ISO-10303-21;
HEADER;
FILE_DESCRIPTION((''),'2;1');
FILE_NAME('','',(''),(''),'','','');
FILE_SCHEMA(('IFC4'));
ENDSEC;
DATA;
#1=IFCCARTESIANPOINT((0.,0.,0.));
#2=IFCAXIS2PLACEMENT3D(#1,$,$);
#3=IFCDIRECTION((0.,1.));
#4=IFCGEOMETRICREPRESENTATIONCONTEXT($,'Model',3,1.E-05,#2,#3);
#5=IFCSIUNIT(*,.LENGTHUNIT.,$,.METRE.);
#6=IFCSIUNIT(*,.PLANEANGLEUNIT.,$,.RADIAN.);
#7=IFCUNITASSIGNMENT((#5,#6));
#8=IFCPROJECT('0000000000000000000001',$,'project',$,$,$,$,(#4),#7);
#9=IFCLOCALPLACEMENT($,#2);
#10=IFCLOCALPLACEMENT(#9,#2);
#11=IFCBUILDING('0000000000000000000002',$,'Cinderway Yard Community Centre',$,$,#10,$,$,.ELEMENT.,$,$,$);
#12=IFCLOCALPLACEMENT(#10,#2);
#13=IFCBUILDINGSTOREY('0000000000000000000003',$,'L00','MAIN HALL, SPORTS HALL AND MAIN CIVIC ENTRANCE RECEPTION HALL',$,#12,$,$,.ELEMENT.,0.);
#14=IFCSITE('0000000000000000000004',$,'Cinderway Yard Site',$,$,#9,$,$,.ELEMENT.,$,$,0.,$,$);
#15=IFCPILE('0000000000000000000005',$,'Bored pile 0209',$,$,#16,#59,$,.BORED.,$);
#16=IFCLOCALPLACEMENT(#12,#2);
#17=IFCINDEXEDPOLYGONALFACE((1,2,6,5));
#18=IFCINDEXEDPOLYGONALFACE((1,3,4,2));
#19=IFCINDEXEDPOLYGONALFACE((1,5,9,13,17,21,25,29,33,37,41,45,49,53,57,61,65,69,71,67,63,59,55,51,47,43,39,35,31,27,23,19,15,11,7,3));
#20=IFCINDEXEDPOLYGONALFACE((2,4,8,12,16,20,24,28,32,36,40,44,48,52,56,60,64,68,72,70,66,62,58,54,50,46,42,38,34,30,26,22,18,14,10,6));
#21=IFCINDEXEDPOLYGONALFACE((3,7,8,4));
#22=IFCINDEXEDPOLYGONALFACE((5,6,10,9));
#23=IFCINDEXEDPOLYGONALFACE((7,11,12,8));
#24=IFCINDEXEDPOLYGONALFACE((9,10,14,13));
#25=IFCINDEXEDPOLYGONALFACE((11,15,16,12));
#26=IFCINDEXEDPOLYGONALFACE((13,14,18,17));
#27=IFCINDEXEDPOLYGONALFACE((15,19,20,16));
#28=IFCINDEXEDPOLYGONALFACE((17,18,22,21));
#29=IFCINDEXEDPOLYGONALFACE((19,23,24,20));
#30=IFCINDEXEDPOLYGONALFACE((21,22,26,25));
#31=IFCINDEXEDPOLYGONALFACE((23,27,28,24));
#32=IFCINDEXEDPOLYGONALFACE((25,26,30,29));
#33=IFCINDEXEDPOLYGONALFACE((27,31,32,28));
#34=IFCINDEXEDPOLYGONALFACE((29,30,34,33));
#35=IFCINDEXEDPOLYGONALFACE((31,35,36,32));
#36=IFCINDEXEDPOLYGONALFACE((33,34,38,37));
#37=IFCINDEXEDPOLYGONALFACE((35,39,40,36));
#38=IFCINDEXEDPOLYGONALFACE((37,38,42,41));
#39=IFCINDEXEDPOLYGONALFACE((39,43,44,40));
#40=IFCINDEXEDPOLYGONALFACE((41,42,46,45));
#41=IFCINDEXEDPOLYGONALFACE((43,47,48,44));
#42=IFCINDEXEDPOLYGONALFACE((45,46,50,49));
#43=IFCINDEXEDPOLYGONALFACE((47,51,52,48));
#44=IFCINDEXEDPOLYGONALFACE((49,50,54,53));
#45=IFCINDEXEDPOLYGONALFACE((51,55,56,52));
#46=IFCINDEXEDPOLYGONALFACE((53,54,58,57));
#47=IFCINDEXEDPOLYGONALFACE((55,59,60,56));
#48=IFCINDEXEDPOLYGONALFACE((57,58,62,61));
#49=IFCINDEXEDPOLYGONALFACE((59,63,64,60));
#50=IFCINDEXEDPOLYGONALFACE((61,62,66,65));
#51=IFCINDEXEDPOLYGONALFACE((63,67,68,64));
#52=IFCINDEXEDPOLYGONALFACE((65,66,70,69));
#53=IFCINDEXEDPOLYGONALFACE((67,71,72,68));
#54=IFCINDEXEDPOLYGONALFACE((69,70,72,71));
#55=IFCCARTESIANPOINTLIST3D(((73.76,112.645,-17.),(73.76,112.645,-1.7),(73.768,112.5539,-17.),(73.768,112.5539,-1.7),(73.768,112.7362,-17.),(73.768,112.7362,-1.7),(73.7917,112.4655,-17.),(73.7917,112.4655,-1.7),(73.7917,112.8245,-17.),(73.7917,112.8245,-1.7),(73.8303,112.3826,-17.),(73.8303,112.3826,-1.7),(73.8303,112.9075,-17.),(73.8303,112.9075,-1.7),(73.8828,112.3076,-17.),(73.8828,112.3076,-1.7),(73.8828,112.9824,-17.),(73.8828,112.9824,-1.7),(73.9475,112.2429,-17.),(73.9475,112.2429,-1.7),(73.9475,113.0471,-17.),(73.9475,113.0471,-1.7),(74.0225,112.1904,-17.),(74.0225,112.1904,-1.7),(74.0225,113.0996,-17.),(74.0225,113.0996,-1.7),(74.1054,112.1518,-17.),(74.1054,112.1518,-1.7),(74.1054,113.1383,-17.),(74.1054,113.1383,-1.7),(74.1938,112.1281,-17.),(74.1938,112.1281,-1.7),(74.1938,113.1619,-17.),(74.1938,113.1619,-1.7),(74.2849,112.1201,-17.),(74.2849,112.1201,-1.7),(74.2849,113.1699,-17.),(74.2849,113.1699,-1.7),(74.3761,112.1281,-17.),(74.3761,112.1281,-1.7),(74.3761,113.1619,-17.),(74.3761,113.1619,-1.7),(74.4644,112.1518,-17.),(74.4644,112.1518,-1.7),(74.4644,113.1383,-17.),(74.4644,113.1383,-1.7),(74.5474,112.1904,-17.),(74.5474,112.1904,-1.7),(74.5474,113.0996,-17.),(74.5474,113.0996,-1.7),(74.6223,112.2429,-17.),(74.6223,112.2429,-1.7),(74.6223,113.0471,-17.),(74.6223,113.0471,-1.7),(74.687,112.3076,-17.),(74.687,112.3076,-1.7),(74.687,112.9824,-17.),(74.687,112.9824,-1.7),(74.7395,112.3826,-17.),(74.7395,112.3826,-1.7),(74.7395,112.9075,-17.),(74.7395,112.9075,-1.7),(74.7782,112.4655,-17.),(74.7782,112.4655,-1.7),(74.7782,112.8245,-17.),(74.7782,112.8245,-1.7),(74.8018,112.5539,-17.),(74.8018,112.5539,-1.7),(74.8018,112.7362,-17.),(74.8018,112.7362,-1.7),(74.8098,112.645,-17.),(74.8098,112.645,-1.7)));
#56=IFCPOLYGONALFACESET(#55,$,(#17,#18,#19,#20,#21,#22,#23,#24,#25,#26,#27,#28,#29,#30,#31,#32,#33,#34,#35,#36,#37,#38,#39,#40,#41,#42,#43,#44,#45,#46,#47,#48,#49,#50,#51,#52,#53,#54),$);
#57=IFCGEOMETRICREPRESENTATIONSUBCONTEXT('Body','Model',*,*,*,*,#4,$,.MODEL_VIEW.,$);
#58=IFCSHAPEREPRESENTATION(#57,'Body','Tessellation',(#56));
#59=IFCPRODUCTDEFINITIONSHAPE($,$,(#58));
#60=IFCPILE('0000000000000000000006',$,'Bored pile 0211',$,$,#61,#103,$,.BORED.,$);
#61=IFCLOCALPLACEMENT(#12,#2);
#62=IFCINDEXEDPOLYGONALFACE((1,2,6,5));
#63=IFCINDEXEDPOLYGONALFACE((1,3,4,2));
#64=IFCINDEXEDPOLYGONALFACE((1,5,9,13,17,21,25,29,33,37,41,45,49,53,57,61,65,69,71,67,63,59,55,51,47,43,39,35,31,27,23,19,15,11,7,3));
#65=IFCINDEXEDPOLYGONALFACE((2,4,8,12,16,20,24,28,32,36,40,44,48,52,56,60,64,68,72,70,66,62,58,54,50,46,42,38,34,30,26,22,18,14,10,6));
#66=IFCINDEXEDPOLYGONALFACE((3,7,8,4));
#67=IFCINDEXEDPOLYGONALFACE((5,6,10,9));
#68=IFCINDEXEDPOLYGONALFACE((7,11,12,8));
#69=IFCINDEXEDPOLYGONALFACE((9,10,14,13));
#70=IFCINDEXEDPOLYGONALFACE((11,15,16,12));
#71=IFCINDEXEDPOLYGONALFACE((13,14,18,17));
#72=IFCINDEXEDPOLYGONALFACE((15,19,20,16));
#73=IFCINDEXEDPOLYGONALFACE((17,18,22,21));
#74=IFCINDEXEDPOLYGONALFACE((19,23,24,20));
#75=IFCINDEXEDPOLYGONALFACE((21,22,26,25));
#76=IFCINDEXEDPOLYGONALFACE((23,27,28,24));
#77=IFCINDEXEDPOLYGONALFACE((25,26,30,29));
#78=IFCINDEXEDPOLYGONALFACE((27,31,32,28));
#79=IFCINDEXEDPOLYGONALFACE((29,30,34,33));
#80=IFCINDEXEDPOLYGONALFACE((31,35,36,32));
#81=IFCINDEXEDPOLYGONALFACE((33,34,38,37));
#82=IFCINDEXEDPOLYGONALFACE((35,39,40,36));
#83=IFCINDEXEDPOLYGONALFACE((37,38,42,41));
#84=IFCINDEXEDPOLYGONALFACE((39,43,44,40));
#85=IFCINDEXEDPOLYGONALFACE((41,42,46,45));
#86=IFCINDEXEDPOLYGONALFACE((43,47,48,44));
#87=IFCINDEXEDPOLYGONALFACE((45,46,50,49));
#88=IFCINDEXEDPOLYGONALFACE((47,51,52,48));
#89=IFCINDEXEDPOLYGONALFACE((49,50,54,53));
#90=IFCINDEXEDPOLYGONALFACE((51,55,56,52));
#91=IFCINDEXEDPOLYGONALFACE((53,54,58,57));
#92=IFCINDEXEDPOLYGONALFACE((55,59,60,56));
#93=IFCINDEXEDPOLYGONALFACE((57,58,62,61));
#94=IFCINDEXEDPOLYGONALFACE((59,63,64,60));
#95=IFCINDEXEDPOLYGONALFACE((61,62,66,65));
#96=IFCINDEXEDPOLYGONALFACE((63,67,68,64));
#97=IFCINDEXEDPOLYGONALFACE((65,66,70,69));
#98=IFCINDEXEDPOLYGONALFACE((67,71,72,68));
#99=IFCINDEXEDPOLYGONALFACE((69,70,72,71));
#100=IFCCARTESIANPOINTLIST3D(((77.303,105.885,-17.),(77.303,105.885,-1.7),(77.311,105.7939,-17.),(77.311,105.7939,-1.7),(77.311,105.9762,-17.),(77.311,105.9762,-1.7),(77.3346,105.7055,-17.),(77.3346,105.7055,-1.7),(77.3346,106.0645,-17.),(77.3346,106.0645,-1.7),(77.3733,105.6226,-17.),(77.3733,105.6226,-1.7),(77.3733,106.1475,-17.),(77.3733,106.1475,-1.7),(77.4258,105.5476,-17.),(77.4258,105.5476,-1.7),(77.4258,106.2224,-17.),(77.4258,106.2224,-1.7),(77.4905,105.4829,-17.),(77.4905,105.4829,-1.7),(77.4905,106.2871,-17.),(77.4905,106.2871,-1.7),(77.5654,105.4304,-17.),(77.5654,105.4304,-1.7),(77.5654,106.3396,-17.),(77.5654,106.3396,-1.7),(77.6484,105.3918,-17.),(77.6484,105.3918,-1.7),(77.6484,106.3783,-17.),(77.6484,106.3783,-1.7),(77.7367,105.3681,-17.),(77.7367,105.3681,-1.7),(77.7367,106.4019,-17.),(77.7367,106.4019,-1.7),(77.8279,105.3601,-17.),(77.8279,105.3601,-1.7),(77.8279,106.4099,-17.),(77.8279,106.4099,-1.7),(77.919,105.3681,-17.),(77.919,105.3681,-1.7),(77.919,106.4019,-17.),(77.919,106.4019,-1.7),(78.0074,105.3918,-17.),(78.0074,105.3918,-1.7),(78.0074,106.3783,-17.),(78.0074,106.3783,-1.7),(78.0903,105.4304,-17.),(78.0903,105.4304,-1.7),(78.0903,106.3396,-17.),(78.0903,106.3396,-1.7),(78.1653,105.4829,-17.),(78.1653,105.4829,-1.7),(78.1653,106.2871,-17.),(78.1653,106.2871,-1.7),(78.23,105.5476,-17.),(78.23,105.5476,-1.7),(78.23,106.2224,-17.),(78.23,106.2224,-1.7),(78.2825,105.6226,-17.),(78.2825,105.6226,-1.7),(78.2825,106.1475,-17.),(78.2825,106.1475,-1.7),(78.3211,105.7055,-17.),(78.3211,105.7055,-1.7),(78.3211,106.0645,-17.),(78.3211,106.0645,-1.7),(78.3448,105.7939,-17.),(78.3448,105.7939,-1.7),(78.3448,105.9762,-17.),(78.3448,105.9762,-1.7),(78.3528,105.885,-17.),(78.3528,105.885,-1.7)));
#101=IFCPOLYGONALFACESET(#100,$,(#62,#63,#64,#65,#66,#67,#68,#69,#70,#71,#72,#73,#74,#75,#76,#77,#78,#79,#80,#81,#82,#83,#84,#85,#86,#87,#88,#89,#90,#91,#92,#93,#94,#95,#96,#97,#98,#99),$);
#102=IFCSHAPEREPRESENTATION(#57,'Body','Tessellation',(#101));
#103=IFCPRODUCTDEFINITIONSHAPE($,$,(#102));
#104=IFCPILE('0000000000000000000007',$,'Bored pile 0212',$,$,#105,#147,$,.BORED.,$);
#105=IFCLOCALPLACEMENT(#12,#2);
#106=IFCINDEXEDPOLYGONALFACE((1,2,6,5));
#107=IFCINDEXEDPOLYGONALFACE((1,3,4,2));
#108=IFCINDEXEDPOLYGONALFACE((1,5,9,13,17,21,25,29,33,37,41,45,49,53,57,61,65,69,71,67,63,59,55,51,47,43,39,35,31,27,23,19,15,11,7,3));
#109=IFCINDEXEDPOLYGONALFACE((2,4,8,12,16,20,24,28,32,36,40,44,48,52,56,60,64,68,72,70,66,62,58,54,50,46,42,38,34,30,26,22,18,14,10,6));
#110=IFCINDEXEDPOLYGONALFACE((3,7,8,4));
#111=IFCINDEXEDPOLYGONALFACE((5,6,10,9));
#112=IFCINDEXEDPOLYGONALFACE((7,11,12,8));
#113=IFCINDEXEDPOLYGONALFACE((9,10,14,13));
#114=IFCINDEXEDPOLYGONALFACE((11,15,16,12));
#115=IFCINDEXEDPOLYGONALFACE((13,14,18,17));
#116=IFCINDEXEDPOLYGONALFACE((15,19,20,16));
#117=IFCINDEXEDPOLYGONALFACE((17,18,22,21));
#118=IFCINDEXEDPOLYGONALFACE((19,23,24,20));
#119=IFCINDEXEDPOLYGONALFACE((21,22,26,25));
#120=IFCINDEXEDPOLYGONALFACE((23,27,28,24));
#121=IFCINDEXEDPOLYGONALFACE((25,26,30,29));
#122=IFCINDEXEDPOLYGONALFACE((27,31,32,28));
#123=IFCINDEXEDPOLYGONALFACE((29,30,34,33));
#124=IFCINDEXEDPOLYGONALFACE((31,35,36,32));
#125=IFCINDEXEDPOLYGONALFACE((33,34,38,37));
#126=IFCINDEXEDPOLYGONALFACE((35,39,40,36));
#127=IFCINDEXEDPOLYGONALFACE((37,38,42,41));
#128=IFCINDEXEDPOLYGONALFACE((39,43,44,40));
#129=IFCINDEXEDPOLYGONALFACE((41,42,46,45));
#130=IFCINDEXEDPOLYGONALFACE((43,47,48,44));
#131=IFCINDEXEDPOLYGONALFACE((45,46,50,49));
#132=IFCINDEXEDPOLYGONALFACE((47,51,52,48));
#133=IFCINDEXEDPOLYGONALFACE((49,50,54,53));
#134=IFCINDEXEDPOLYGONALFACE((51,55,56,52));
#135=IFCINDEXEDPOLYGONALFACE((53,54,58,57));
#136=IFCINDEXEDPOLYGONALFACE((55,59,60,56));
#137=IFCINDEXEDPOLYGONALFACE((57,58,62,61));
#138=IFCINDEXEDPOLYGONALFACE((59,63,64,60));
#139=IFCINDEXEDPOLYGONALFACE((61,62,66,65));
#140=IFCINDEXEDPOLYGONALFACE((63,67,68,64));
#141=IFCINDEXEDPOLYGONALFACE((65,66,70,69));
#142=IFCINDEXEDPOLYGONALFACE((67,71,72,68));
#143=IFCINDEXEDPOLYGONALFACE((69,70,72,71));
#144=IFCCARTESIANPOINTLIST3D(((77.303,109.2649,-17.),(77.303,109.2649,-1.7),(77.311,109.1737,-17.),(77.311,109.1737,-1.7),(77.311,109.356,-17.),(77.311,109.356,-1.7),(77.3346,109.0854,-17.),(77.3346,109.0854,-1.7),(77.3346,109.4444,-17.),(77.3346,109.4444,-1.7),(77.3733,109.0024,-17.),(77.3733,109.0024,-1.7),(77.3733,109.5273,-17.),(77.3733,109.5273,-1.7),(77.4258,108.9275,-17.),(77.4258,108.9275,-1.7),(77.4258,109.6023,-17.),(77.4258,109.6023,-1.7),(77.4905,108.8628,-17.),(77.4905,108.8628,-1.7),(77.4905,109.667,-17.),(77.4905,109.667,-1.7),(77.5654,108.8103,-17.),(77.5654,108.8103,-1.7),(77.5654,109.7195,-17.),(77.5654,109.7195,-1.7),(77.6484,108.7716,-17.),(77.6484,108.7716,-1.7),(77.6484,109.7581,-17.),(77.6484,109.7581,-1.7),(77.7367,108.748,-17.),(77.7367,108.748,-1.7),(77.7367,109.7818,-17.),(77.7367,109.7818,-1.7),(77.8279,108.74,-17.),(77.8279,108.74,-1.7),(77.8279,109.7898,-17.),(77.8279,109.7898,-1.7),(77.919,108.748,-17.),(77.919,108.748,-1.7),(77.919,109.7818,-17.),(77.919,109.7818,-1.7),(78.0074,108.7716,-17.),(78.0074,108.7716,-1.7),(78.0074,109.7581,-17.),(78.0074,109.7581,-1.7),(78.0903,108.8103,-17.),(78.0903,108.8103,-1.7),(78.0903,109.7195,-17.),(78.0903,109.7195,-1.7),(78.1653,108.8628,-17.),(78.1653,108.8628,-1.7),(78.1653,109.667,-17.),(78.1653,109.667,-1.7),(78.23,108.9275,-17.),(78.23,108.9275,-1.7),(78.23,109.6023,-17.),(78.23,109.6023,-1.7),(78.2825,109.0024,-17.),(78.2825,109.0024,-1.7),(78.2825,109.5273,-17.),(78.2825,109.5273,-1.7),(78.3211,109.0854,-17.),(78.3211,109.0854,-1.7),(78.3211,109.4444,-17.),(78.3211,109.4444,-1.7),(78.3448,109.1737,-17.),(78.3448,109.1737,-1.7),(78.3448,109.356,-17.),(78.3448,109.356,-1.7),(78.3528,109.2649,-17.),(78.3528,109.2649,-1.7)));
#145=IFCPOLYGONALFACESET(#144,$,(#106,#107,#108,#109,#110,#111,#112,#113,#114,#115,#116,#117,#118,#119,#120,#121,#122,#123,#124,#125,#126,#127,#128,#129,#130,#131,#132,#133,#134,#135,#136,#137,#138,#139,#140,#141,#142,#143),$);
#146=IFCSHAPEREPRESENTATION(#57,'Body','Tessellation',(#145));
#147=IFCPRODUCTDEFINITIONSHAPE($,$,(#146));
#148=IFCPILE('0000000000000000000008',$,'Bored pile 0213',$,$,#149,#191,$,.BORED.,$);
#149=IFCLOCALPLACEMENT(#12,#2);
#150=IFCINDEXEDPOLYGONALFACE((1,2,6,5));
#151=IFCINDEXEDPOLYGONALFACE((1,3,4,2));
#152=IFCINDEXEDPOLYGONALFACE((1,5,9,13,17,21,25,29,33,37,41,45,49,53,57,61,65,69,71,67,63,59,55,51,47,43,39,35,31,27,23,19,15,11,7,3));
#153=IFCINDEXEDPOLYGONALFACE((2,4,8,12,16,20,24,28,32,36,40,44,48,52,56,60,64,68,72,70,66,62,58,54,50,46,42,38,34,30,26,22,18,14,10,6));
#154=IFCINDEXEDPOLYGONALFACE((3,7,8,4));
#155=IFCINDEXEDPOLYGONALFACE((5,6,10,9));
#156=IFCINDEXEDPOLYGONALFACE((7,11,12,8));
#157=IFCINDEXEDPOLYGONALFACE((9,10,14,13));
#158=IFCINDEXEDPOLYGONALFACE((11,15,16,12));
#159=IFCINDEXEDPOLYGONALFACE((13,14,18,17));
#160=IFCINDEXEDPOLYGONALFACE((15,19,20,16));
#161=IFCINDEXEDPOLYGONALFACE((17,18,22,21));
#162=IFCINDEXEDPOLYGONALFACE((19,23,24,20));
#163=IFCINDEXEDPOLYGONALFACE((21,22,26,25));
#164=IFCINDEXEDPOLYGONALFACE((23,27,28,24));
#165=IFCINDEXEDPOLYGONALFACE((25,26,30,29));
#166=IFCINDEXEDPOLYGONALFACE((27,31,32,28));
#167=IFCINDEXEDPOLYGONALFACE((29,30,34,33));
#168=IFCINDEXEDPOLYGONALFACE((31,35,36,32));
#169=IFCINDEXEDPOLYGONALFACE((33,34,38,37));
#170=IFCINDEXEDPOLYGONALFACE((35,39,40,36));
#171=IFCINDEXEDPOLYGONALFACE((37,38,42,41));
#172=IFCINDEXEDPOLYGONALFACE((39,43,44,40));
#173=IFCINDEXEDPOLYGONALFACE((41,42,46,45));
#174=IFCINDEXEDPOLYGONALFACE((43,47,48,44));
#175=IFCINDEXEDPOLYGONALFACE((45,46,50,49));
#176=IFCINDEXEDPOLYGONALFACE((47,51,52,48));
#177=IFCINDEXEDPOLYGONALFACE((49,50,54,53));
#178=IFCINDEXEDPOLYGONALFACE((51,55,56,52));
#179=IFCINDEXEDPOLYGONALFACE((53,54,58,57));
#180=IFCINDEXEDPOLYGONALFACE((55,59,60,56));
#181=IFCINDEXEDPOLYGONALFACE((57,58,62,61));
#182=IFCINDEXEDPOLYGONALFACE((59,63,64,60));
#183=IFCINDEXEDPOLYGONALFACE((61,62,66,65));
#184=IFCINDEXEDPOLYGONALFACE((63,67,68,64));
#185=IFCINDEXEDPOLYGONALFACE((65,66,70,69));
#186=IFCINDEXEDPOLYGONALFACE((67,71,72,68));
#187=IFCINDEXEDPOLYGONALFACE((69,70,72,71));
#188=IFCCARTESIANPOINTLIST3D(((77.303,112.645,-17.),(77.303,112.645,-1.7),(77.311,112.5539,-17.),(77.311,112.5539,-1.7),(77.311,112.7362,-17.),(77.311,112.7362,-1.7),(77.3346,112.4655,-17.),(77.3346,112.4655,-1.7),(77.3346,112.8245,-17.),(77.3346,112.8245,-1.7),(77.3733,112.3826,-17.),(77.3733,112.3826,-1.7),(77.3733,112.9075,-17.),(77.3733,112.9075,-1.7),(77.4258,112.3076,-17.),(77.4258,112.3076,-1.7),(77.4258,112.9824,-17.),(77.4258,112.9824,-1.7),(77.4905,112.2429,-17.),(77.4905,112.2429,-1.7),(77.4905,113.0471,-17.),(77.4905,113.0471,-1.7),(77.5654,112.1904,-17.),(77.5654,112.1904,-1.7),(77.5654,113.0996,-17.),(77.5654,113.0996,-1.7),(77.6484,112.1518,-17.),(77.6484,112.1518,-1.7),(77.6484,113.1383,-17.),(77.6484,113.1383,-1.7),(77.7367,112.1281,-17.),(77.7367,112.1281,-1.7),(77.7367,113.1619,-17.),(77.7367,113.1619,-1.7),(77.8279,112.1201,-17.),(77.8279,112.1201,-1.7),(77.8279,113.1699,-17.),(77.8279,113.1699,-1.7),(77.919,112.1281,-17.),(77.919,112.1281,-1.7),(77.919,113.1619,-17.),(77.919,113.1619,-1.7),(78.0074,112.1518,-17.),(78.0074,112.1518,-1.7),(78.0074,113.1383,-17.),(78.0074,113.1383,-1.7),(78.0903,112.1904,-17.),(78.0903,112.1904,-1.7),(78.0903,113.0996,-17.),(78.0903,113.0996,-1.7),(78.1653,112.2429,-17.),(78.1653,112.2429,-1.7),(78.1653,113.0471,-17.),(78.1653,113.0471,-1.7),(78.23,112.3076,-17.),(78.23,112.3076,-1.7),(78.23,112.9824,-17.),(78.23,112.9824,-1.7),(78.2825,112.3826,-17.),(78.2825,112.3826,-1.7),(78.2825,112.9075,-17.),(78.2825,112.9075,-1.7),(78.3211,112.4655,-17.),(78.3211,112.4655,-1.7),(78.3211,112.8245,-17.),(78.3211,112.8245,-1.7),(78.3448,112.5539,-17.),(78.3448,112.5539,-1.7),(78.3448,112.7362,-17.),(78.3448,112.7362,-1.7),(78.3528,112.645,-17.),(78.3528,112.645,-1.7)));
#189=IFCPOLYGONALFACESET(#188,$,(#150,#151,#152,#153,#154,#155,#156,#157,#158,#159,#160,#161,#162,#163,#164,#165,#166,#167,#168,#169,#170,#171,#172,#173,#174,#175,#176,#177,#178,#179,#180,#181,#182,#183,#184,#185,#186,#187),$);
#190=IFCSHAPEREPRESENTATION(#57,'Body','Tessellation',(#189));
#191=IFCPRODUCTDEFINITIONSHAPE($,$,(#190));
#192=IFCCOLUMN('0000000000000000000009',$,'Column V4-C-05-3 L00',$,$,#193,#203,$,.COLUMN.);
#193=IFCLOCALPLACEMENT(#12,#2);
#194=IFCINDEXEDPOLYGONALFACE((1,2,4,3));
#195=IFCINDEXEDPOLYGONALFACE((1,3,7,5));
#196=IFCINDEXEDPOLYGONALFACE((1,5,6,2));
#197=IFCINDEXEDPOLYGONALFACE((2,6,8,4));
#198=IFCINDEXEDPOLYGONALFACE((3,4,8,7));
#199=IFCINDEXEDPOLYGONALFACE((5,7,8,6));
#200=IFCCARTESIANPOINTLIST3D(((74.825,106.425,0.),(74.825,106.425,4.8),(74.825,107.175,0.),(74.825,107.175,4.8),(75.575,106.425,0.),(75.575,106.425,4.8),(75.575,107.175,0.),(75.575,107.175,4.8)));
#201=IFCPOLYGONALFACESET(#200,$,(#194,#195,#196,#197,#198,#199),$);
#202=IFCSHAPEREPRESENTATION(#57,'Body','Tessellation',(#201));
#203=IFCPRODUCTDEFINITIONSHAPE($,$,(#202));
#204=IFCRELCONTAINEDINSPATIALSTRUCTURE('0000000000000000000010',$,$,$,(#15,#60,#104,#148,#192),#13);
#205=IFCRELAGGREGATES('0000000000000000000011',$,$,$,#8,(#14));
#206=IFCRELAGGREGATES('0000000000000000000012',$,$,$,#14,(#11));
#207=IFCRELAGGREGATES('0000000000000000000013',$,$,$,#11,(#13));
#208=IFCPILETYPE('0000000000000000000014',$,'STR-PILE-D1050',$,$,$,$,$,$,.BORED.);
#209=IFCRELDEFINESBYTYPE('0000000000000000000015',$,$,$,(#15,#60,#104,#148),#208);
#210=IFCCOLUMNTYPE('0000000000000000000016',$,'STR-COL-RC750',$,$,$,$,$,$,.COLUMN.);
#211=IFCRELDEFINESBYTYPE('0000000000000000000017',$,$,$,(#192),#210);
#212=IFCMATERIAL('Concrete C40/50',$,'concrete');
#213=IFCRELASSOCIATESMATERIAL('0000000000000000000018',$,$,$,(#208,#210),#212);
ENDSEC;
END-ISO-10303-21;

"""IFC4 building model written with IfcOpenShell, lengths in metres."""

from ifc_helpers import new_model, si_unit, direction, frame, origin, origin_2d, place, context, subcontext, project, spatial, rectangle, circle, extrude, material, material_profile, profile_set, type_object, element, save


model = new_model("IFC4")

# Units and contexts
model_context = context("Model", 3, precision=1e-05, world=origin(), true_north=direction((0.0, 1.0)))
body_context = subcontext(model_context, "Body", "Model", "MODEL_VIEW")
ifc_project = project(units=[si_unit("LENGTHUNIT", "METRE"), si_unit("PLANEANGLEUNIT", "RADIAN")], contexts=[model_context])

# Site, building, storey
site_placement = place(None, origin())
site = spatial("IfcSite", under=ifc_project, at=site_placement, Name="Cinderway Yard Site", CompositionType="ELEMENT", RefElevation=0.0)
building_placement = place(site_placement, origin())
building = spatial("IfcBuilding", under=site, at=building_placement, Name="Cinderway Yard Community Centre", CompositionType="ELEMENT")
storey_placement = place(building_placement, origin())
storey = spatial("IfcBuildingStorey", under=building, at=storey_placement, Name="L00", Description="MAIN HALL, SPORTS HALL AND MAIN CIVIC ENTRANCE RECEPTION HALL", CompositionType="ELEMENT", Elevation=0.0)

# Piles
ifc_material_1 = material(Name="Concrete C40/50", Category="concrete")
ifc_material_profile_1 = material_profile(ifc_material_1, circle(Radius=0.5249, at=origin_2d()), Name="Concrete C40/50")
ifc_profile_set_1 = profile_set([ifc_material_profile_1], Name="Concrete C40/50")
pile_type = type_object("IfcPileType", Name="STR-PILE-D1050", PredefinedType="BORED", material=ifc_profile_set_1)
for number, where, z_axis, x_axis, name in (
    (1, (74.2849, 112.645, -1.7), (0.0, 0.0, -1.0), (1.0, 0.0, 0.0), "Bored pile 0209"),
    (2, (77.8279, 105.885, -1.7), (0.0, 0.0, -1.0), (1.0, 0.0, 0.0), "Bored pile 0211"),
    (3, (77.8279, 109.2649, -1.7), (0.0, 0.0, -1.0), (1.0, 0.0, 0.0), "Bored pile 0212"),
    (4, (77.8279, 112.645, -1.7), (0.0, 0.0, -1.0), (1.0, 0.0, 0.0), "Bored pile 0213"),
):
    element("IfcPile", number, at=place(storey_placement, frame(where, z_axis=z_axis, x_axis=x_axis)), inside=storey, type_object=pile_type, Name=name, PredefinedType="BORED", context=body_context, shape_type="SweptSolid", body=[
        extrude(circle(Radius=0.5249, at=origin_2d()), origin(), (0.0, 0.0, 1.0), 15.3),
    ])

# Column
ifc_material_profile_2 = material_profile(ifc_material_1, rectangle(XDim=0.75, YDim=0.75, at=origin_2d()), Name="Concrete C40/50")
ifc_profile_set_2 = profile_set([ifc_material_profile_2], Name="Concrete C40/50")
column_type = type_object("IfcColumnType", Name="STR-COL-RC750", PredefinedType="COLUMN", material=ifc_profile_set_2)
for number, where, z_axis, x_axis, name in (
    (5, (75.2, 106.8, 0.0), (0.0, 0.0, 1.0), (1.0, 0.0, 0.0), "Column V4-C-05-3 L00"),
):
    element("IfcColumn", number, at=place(storey_placement, frame(where, z_axis=z_axis, x_axis=x_axis)), inside=storey, type_object=column_type, Name=name, PredefinedType="COLUMN", context=body_context, shape_type="SweptSolid", body=[
        extrude(rectangle(XDim=0.75, YDim=0.75, at=origin_2d()), origin(), (0.0, 0.0, 1.0), 4.8),
    ])

save(model, "model.ifc")
